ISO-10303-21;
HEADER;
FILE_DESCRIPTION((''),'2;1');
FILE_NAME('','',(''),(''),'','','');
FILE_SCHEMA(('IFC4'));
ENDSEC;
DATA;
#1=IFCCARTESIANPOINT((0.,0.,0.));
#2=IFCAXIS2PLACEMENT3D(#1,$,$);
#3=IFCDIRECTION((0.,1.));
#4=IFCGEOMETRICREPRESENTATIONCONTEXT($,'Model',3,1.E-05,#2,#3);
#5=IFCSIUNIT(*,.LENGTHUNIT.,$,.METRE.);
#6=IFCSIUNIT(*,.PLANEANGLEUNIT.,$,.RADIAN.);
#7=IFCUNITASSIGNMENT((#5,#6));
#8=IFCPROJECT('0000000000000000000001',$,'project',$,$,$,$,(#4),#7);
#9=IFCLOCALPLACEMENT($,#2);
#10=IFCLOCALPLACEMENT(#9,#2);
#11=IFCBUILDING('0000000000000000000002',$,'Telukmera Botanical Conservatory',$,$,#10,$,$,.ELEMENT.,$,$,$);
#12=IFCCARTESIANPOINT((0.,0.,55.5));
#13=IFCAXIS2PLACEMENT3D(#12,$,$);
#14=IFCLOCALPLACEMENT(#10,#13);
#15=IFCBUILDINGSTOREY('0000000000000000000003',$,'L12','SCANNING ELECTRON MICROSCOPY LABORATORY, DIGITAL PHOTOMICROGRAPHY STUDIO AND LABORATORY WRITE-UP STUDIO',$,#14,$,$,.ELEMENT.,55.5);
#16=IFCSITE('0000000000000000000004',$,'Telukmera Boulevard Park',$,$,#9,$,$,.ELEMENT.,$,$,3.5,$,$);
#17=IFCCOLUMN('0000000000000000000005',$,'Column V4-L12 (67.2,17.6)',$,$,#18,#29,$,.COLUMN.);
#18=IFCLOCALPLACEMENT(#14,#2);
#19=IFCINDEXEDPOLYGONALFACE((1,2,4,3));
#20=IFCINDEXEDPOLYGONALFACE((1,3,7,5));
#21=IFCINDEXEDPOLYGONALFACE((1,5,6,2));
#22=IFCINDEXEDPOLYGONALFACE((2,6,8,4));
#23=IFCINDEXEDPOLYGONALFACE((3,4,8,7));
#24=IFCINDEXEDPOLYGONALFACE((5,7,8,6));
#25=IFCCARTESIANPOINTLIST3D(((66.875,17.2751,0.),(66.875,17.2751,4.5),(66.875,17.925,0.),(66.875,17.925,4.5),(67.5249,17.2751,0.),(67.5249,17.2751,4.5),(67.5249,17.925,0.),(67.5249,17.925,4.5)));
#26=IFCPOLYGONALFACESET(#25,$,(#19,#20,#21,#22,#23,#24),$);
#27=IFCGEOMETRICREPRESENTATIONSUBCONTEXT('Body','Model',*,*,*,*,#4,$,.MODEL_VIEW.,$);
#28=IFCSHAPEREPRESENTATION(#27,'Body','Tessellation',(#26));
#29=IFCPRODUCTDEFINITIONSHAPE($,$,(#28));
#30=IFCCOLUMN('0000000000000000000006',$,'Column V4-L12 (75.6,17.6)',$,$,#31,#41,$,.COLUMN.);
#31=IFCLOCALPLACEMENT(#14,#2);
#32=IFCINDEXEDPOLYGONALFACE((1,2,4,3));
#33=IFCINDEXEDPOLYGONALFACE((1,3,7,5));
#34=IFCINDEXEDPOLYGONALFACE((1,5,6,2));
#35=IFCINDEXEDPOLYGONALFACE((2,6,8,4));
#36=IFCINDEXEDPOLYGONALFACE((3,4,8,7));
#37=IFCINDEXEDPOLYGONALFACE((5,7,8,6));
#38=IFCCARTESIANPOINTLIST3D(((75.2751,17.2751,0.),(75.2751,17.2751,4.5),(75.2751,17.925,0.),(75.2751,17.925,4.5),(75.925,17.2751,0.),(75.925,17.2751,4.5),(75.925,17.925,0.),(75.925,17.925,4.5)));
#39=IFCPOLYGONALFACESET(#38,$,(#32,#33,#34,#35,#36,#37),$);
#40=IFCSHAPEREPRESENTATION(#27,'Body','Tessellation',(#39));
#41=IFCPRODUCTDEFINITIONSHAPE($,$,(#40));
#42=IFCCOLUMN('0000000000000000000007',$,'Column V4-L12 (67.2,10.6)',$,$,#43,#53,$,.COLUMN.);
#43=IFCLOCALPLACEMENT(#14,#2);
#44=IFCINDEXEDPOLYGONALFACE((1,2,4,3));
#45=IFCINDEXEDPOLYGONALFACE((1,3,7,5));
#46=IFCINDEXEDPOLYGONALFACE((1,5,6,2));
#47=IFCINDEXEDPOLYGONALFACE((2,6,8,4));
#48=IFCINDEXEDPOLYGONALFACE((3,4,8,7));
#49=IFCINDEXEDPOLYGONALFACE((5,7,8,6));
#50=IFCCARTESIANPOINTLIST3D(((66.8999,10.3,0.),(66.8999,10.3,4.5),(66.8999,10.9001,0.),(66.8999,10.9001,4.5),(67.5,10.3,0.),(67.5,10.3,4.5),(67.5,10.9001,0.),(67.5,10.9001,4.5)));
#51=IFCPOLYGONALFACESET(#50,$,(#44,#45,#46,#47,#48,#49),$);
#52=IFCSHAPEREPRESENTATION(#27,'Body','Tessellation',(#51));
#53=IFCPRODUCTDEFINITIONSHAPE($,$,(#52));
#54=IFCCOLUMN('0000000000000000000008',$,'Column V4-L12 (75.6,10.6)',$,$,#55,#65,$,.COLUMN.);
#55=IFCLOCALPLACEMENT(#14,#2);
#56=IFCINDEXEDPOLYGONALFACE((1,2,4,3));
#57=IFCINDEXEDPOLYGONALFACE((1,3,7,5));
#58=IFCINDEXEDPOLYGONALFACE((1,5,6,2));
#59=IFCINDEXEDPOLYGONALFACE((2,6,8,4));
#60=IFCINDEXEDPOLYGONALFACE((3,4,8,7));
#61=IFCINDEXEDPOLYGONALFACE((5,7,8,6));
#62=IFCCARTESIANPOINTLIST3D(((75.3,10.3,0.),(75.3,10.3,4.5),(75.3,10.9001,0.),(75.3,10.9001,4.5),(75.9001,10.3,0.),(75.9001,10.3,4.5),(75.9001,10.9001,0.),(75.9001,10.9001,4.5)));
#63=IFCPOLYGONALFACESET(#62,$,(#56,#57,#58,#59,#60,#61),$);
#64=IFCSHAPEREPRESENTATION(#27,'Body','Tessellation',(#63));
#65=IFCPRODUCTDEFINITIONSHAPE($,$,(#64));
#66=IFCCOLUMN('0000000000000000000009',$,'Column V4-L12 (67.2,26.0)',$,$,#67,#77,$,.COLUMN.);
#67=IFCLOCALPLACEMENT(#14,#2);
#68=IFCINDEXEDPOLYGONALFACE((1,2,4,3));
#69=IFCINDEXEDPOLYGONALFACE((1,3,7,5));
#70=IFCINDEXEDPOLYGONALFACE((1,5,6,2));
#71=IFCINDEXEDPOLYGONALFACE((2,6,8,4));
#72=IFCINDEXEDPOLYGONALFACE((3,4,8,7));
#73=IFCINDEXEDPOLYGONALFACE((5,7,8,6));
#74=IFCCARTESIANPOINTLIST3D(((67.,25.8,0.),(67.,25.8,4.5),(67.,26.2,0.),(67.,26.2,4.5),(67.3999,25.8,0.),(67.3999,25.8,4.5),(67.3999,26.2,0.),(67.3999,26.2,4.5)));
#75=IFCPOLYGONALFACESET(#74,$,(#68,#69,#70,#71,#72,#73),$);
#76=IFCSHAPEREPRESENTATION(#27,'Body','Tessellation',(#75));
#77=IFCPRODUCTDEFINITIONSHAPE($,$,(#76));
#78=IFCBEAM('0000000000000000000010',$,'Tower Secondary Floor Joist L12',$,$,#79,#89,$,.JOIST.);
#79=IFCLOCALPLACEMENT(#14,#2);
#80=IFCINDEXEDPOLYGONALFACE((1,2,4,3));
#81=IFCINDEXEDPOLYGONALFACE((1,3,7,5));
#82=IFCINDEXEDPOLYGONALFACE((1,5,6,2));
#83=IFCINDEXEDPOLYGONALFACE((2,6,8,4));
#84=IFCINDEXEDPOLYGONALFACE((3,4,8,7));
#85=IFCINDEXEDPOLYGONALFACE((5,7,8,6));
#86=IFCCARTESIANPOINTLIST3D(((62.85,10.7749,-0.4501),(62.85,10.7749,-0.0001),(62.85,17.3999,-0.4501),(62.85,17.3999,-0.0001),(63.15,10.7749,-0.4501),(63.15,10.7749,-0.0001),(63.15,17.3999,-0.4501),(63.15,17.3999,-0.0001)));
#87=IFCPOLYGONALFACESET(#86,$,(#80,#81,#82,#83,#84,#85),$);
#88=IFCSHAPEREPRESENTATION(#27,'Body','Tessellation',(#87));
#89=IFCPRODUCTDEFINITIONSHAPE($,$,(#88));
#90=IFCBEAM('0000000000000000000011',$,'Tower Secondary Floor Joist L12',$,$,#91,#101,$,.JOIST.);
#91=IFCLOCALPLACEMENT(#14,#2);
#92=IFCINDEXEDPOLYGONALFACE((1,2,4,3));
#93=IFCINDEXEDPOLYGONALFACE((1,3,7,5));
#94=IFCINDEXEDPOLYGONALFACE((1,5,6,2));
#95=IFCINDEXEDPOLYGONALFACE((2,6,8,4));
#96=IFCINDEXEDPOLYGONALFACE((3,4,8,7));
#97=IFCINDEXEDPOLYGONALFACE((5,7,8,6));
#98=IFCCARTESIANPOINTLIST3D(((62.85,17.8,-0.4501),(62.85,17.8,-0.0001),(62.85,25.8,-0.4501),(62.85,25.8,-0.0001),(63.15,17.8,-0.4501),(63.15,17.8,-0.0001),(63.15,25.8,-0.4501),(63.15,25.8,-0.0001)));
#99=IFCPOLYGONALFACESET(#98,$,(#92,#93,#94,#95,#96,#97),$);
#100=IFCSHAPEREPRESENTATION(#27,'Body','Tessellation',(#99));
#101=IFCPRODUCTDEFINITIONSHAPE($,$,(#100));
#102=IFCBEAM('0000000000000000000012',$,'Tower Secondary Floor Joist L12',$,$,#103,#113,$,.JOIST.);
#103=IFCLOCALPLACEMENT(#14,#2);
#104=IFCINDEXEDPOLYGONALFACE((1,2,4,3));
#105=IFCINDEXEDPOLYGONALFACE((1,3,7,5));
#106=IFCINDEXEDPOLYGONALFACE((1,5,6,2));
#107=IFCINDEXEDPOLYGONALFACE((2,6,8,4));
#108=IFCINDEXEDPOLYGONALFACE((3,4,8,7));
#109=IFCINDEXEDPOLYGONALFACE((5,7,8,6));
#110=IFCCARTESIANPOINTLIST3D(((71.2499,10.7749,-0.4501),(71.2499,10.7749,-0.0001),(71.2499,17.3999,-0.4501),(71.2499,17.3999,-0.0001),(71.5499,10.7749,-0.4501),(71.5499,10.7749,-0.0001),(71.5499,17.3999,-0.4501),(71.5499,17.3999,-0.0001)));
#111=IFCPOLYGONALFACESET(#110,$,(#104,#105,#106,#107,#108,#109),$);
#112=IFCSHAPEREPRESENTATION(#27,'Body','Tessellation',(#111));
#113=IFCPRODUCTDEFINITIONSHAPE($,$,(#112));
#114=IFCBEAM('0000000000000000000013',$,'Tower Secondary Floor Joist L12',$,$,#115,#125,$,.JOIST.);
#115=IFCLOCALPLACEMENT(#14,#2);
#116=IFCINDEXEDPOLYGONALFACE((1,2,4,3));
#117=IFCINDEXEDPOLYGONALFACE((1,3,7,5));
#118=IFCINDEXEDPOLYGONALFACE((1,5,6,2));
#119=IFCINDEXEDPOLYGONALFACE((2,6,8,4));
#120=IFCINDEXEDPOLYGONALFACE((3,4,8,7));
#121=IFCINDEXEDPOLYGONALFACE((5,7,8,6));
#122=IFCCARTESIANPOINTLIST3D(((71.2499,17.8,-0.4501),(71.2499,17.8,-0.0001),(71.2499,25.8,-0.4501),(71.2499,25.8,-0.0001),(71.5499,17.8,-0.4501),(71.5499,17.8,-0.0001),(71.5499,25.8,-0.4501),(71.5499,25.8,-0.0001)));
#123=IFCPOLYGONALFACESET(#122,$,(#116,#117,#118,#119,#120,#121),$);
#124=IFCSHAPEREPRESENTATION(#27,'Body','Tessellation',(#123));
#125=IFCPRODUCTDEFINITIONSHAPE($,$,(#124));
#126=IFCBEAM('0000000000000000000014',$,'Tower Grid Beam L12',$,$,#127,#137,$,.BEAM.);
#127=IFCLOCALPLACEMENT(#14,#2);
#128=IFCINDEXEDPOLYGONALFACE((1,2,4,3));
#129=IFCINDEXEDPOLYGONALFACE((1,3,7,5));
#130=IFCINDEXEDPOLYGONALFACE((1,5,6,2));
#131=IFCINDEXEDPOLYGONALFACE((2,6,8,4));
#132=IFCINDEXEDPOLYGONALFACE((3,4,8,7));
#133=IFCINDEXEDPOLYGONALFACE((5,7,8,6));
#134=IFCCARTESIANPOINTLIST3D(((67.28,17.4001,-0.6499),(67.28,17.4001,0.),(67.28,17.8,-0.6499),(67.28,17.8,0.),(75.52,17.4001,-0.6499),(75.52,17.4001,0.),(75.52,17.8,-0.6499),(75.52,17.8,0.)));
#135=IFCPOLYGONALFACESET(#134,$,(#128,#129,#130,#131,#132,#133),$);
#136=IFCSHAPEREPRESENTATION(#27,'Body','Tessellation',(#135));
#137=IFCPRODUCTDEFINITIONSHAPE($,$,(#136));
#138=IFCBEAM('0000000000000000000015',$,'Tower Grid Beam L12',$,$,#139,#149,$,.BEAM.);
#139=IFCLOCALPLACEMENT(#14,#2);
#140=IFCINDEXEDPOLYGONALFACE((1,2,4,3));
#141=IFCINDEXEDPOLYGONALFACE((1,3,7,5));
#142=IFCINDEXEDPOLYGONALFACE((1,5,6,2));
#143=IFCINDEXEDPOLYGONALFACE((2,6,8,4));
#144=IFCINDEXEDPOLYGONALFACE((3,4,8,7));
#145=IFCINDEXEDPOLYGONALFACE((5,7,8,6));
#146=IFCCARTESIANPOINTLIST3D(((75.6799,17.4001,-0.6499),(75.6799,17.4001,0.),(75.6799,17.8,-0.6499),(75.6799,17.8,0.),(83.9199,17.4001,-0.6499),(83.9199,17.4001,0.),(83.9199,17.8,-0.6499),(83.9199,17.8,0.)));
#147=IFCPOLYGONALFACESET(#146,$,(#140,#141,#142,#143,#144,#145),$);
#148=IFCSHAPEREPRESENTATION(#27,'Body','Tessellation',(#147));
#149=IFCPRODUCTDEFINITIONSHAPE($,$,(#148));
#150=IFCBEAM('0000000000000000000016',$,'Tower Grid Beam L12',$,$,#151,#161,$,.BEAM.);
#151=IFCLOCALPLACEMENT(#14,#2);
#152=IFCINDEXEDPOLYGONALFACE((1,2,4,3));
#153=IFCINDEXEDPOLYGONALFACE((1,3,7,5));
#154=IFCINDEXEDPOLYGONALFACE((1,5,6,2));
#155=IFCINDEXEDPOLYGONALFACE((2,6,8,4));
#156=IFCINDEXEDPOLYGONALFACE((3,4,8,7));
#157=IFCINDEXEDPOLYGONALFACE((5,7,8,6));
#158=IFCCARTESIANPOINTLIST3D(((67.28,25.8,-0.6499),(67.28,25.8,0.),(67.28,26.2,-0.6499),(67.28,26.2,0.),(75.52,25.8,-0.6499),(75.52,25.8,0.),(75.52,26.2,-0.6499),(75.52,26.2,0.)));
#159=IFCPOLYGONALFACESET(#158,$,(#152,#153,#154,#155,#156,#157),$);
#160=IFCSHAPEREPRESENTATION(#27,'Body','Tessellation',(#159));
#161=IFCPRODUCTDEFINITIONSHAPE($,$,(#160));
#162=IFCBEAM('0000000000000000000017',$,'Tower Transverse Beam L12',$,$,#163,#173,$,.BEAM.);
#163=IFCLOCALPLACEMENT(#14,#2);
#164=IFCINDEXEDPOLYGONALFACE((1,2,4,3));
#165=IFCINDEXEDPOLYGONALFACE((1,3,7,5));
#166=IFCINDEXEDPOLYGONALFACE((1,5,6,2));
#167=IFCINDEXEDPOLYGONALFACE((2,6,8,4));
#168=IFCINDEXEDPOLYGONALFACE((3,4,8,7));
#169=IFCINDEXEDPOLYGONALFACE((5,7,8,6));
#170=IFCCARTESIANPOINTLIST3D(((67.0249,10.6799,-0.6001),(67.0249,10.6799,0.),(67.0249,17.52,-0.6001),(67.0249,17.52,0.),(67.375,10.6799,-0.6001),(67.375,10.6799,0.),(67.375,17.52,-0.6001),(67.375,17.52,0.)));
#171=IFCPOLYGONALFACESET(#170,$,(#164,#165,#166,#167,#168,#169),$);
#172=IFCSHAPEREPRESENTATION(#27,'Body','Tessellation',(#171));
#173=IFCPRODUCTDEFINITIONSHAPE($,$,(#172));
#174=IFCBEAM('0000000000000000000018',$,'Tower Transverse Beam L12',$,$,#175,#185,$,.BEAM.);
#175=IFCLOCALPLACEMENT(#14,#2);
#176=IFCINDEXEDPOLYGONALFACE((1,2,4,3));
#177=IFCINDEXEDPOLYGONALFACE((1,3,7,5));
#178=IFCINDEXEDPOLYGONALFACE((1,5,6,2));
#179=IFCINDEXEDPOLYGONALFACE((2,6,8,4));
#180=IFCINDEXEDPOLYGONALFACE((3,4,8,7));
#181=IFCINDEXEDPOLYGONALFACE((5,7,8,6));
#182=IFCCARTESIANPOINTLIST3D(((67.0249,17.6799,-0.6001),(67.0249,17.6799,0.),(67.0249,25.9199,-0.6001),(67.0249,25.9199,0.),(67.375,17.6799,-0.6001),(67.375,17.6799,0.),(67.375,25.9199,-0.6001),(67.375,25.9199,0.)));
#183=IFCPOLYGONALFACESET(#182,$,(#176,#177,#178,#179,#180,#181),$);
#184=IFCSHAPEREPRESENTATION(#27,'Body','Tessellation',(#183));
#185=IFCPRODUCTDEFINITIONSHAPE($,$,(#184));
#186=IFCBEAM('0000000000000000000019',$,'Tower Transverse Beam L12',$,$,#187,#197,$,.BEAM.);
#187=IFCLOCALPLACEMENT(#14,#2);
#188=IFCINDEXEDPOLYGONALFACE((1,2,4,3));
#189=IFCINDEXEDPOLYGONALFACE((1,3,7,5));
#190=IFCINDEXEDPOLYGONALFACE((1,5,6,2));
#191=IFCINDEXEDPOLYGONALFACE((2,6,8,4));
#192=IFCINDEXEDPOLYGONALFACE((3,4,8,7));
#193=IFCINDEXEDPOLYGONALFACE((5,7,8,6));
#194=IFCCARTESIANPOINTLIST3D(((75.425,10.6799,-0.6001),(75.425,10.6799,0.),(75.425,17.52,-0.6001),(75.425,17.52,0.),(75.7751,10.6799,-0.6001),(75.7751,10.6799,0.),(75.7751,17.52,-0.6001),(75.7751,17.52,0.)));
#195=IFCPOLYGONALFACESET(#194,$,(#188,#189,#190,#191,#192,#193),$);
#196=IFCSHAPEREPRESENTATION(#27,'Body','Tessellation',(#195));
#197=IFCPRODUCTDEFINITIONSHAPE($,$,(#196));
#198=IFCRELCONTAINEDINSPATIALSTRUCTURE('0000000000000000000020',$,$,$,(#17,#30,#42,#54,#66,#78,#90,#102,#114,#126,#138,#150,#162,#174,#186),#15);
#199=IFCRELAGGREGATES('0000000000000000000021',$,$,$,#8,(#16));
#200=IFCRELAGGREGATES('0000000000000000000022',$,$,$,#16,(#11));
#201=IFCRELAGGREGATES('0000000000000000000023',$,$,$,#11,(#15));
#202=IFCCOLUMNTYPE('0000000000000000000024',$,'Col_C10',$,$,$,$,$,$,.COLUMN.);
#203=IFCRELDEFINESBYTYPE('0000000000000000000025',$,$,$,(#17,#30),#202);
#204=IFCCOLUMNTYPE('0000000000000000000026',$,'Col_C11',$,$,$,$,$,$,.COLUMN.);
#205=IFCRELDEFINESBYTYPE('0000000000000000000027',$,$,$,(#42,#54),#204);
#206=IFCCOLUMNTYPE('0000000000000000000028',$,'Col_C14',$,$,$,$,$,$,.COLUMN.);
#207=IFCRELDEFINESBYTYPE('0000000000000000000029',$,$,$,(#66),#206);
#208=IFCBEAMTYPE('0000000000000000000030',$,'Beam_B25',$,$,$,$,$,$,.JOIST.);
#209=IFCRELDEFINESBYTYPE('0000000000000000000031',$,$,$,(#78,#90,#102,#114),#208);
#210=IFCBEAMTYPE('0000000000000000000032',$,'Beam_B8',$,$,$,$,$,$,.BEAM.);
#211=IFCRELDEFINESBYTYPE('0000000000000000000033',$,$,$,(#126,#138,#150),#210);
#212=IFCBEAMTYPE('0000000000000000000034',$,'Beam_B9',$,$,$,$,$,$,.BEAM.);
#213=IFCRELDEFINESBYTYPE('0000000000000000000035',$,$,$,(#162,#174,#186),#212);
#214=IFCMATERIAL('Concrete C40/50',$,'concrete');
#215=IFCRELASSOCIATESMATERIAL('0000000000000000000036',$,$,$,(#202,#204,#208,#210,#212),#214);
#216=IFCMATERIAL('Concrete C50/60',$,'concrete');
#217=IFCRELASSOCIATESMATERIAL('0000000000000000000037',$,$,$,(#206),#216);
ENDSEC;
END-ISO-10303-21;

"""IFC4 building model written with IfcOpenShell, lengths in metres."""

from ifc_helpers import new_model, si_unit, direction, frame, origin, origin_2d, place, context, subcontext, project, spatial, rectangle, extrude, material, material_profile, profile_set, type_object, element, save


model = new_model("IFC4")

# Units and contexts
model_context = context("Model", 3, precision=1e-05, world=origin(), true_north=direction((0.0, 1.0)))
body_context = subcontext(model_context, "Body", "Model", "MODEL_VIEW")
ifc_project = project(units=[si_unit("LENGTHUNIT", "METRE"), si_unit("PLANEANGLEUNIT", "RADIAN")], contexts=[model_context])

# Site, building, storey
site_placement = place(None, origin())
site = spatial("IfcSite", under=ifc_project, at=site_placement, Name="Telukmera Boulevard Park", CompositionType="ELEMENT", RefElevation=3.5)
building_placement = place(site_placement, origin())
building = spatial("IfcBuilding", under=site, at=building_placement, Name="Telukmera Botanical Conservatory", CompositionType="ELEMENT")
storey_placement = place(building_placement, frame((0.0, 0.0, 55.5)))
storey = spatial("IfcBuildingStorey", under=building, at=storey_placement, Name="L12", Description="SCANNING ELECTRON MICROSCOPY LABORATORY, DIGITAL PHOTOMICROGRAPHY STUDIO AND LABORATORY WRITE-UP STUDIO", CompositionType="ELEMENT", Elevation=55.5)

# Columns
ifc_material_1 = material(Name="Concrete C40/50", Category="concrete")
ifc_material_profile_1 = material_profile(ifc_material_1, rectangle(XDim=0.6499, YDim=0.6499, at=origin_2d()), Name="RC 650x650")
ifc_profile_set_1 = profile_set([ifc_material_profile_1], Name="Concrete C40/50")
column_type_1 = type_object("IfcColumnType", Name="Col_C10", PredefinedType="COLUMN", material=ifc_profile_set_1)
for number, where, z_axis, x_axis, name in (
    (1, (67.2, 17.6001, 0.0), (0.0, 0.0, 1.0), (1.0, 0.0, 0.0), "Column V4-L12 (67.2,17.6)"),
    (2, (75.6001, 17.6001, 0.0), (0.0, 0.0, 1.0), (1.0, 0.0, 0.0), "Column V4-L12 (75.6,17.6)"),
):
    element("IfcColumn", number, at=place(storey_placement, frame(where, z_axis=z_axis, x_axis=x_axis)), inside=storey, type_object=column_type_1, Name=name, PredefinedType="COLUMN", context=body_context, shape_type="SweptSolid", body=[
        extrude(rectangle(XDim=0.6499, YDim=0.6499, at=origin_2d()), origin(), (0.0, 0.0, 1.0), 4.5),
    ])
ifc_material_profile_2 = material_profile(ifc_material_1, rectangle(XDim=0.6001, YDim=0.6001, at=origin_2d()), Name="RC 600x600")
ifc_profile_set_2 = profile_set([ifc_material_profile_2], Name="Concrete C40/50")
column_type_2 = type_object("IfcColumnType", Name="Col_C11", PredefinedType="COLUMN", material=ifc_profile_set_2)
for number, where, z_axis, x_axis, name in (
    (3, (67.2, 10.6001, 0.0), (0.0, 0.0, 1.0), (1.0, 0.0, 0.0), "Column V4-L12 (67.2,10.6)"),
    (4, (75.6001, 10.6001, 0.0), (0.0, 0.0, 1.0), (1.0, 0.0, 0.0), "Column V4-L12 (75.6,10.6)"),
):
    element("IfcColumn", number, at=place(storey_placement, frame(where, z_axis=z_axis, x_axis=x_axis)), inside=storey, type_object=column_type_2, Name=name, PredefinedType="COLUMN", context=body_context, shape_type="SweptSolid", body=[
        extrude(rectangle(XDim=0.6001, YDim=0.6001, at=origin_2d()), origin(), (0.0, 0.0, 1.0), 4.5),
    ])
ifc_material_2 = material(Name="Concrete C50/60", Category="concrete")
ifc_material_profile_3 = material_profile(ifc_material_2, rectangle(XDim=0.3999, YDim=0.3999, at=origin_2d()), Name="RC 400x400")
ifc_profile_set_3 = profile_set([ifc_material_profile_3], Name="Concrete C50/60")
column_type_3 = type_object("IfcColumnType", Name="Col_C14", PredefinedType="COLUMN", material=ifc_profile_set_3)
column_placement = place(storey_placement, frame((67.2, 26.0, 0.0), z_axis=(0.0, 0.0, 1.0), x_axis=(1.0, 0.0, 0.0)))
element("IfcColumn", 5, at=column_placement, inside=storey, type_object=column_type_3, Name="Column V4-L12 (67.2,26.0)", PredefinedType="COLUMN", context=body_context, shape_type="SweptSolid", body=[
    extrude(rectangle(XDim=0.3999, YDim=0.3999, at=origin_2d()), origin(), (0.0, 0.0, 1.0), 4.5),
])

# Beams
ifc_material_profile_4 = material_profile(ifc_material_1, rectangle(XDim=0.3, YDim=0.45, at=origin_2d()), Name="RC 300x450")
ifc_profile_set_4 = profile_set([ifc_material_profile_4], Name="Concrete C40/50")
beam_type_1 = type_object("IfcBeamType", Name="Beam_B25", PredefinedType="JOIST", material=ifc_profile_set_4)
beam_1_placement = place(storey_placement, frame((63.0, 10.7749, -0.2251), z_axis=(0.0, 1.0, 0.0), x_axis=(-1.0, 0.0, 0.0)))
element("IfcBeam", 6, at=beam_1_placement, inside=storey, type_object=beam_type_1, Name="Tower Secondary Floor Joist L12", PredefinedType="JOIST", context=body_context, shape_type="SweptSolid", body=[
    extrude(rectangle(XDim=0.3, YDim=0.45, at=origin_2d()), origin(), (0.0, 0.0, 1.0), 6.625),
])
beam_2_placement = place(storey_placement, frame((63.0, 17.8, -0.2251), z_axis=(0.0, 1.0, 0.0), x_axis=(-1.0, 0.0, 0.0)))
element("IfcBeam", 7, at=beam_2_placement, inside=storey, type_object=beam_type_1, Name="Tower Secondary Floor Joist L12", PredefinedType="JOIST", context=body_context, shape_type="SweptSolid", body=[
    extrude(rectangle(XDim=0.3, YDim=0.45, at=origin_2d()), origin(), (0.0, 0.0, 1.0), 8.0),
])
beam_3_placement = place(storey_placement, frame((71.3999, 10.7749, -0.2251), z_axis=(0.0, 1.0, 0.0), x_axis=(-1.0, 0.0, 0.0)))
element("IfcBeam", 8, at=beam_3_placement, inside=storey, type_object=beam_type_1, Name="Tower Secondary Floor Joist L12", PredefinedType="JOIST", context=body_context, shape_type="SweptSolid", body=[
    extrude(rectangle(XDim=0.3, YDim=0.45, at=origin_2d()), origin(), (0.0, 0.0, 1.0), 6.625),
])
beam_4_placement = place(storey_placement, frame((71.3999, 17.8, -0.2251), z_axis=(0.0, 1.0, 0.0), x_axis=(-1.0, 0.0, 0.0)))
element("IfcBeam", 9, at=beam_4_placement, inside=storey, type_object=beam_type_1, Name="Tower Secondary Floor Joist L12", PredefinedType="JOIST", context=body_context, shape_type="SweptSolid", body=[
    extrude(rectangle(XDim=0.3, YDim=0.45, at=origin_2d()), origin(), (0.0, 0.0, 1.0), 8.0),
])
ifc_material_profile_5 = material_profile(ifc_material_1, rectangle(XDim=0.3999, YDim=0.6499, at=origin_2d()), Name="RC 400x650")
ifc_profile_set_5 = profile_set([ifc_material_profile_5], Name="Concrete C40/50")
beam_type_2 = type_object("IfcBeamType", Name="Beam_B8", PredefinedType="BEAM", material=ifc_profile_set_5)
for number, where, z_axis, x_axis, name in (
    (10, (67.28, 17.6001, -0.325), (1.0, 0.0, 0.0), (0.0, 1.0, 0.0), "Tower Grid Beam L12"),
    (11, (75.6799, 17.6001, -0.325), (1.0, 0.0, 0.0), (0.0, 1.0, 0.0), "Tower Grid Beam L12"),
    (12, (67.28, 26.0, -0.325), (1.0, 0.0, 0.0), (0.0, 1.0, 0.0), "Tower Grid Beam L12"),
):
    element("IfcBeam", number, at=place(storey_placement, frame(where, z_axis=z_axis, x_axis=x_axis)), inside=storey, type_object=beam_type_2, Name=name, PredefinedType="BEAM", context=body_context, shape_type="SweptSolid", body=[
        extrude(rectangle(XDim=0.3999, YDim=0.6499, at=origin_2d()), origin(), (0.0, 0.0, 1.0), 8.24),
    ])
ifc_material_profile_6 = material_profile(ifc_material_1, rectangle(XDim=0.3501, YDim=0.6001, at=origin_2d()), Name="RC 350x600")
ifc_profile_set_6 = profile_set([ifc_material_profile_6], Name="Concrete C40/50")
beam_type_3 = type_object("IfcBeamType", Name="Beam_B9", PredefinedType="BEAM", material=ifc_profile_set_6)
beam_5_placement = place(storey_placement, frame((67.2, 10.6799, -0.3), z_axis=(0.0, 1.0, 0.0), x_axis=(-1.0, 0.0, 0.0)))
element("IfcBeam", 13, at=beam_5_placement, inside=storey, type_object=beam_type_3, Name="Tower Transverse Beam L12", PredefinedType="BEAM", context=body_context, shape_type="SweptSolid", body=[
    extrude(rectangle(XDim=0.3501, YDim=0.6001, at=origin_2d()), origin(), (0.0, 0.0, 1.0), 6.8401),
])
beam_6_placement = place(storey_placement, frame((67.2, 17.6799, -0.3), z_axis=(0.0, 1.0, 0.0), x_axis=(-1.0, 0.0, 0.0)))
element("IfcBeam", 14, at=beam_6_placement, inside=storey, type_object=beam_type_3, Name="Tower Transverse Beam L12", PredefinedType="BEAM", context=body_context, shape_type="SweptSolid", body=[
    extrude(rectangle(XDim=0.3501, YDim=0.6001, at=origin_2d()), origin(), (0.0, 0.0, 1.0), 8.24),
])
beam_7_placement = place(storey_placement, frame((75.6001, 10.6799, -0.3), z_axis=(0.0, 1.0, 0.0), x_axis=(-1.0, 0.0, 0.0)))
element("IfcBeam", 15, at=beam_7_placement, inside=storey, type_object=beam_type_3, Name="Tower Transverse Beam L12", PredefinedType="BEAM", context=body_context, shape_type="SweptSolid", body=[
    extrude(rectangle(XDim=0.3501, YDim=0.6001, at=origin_2d()), origin(), (0.0, 0.0, 1.0), 6.8401),
])

save(model, "model.ifc")
